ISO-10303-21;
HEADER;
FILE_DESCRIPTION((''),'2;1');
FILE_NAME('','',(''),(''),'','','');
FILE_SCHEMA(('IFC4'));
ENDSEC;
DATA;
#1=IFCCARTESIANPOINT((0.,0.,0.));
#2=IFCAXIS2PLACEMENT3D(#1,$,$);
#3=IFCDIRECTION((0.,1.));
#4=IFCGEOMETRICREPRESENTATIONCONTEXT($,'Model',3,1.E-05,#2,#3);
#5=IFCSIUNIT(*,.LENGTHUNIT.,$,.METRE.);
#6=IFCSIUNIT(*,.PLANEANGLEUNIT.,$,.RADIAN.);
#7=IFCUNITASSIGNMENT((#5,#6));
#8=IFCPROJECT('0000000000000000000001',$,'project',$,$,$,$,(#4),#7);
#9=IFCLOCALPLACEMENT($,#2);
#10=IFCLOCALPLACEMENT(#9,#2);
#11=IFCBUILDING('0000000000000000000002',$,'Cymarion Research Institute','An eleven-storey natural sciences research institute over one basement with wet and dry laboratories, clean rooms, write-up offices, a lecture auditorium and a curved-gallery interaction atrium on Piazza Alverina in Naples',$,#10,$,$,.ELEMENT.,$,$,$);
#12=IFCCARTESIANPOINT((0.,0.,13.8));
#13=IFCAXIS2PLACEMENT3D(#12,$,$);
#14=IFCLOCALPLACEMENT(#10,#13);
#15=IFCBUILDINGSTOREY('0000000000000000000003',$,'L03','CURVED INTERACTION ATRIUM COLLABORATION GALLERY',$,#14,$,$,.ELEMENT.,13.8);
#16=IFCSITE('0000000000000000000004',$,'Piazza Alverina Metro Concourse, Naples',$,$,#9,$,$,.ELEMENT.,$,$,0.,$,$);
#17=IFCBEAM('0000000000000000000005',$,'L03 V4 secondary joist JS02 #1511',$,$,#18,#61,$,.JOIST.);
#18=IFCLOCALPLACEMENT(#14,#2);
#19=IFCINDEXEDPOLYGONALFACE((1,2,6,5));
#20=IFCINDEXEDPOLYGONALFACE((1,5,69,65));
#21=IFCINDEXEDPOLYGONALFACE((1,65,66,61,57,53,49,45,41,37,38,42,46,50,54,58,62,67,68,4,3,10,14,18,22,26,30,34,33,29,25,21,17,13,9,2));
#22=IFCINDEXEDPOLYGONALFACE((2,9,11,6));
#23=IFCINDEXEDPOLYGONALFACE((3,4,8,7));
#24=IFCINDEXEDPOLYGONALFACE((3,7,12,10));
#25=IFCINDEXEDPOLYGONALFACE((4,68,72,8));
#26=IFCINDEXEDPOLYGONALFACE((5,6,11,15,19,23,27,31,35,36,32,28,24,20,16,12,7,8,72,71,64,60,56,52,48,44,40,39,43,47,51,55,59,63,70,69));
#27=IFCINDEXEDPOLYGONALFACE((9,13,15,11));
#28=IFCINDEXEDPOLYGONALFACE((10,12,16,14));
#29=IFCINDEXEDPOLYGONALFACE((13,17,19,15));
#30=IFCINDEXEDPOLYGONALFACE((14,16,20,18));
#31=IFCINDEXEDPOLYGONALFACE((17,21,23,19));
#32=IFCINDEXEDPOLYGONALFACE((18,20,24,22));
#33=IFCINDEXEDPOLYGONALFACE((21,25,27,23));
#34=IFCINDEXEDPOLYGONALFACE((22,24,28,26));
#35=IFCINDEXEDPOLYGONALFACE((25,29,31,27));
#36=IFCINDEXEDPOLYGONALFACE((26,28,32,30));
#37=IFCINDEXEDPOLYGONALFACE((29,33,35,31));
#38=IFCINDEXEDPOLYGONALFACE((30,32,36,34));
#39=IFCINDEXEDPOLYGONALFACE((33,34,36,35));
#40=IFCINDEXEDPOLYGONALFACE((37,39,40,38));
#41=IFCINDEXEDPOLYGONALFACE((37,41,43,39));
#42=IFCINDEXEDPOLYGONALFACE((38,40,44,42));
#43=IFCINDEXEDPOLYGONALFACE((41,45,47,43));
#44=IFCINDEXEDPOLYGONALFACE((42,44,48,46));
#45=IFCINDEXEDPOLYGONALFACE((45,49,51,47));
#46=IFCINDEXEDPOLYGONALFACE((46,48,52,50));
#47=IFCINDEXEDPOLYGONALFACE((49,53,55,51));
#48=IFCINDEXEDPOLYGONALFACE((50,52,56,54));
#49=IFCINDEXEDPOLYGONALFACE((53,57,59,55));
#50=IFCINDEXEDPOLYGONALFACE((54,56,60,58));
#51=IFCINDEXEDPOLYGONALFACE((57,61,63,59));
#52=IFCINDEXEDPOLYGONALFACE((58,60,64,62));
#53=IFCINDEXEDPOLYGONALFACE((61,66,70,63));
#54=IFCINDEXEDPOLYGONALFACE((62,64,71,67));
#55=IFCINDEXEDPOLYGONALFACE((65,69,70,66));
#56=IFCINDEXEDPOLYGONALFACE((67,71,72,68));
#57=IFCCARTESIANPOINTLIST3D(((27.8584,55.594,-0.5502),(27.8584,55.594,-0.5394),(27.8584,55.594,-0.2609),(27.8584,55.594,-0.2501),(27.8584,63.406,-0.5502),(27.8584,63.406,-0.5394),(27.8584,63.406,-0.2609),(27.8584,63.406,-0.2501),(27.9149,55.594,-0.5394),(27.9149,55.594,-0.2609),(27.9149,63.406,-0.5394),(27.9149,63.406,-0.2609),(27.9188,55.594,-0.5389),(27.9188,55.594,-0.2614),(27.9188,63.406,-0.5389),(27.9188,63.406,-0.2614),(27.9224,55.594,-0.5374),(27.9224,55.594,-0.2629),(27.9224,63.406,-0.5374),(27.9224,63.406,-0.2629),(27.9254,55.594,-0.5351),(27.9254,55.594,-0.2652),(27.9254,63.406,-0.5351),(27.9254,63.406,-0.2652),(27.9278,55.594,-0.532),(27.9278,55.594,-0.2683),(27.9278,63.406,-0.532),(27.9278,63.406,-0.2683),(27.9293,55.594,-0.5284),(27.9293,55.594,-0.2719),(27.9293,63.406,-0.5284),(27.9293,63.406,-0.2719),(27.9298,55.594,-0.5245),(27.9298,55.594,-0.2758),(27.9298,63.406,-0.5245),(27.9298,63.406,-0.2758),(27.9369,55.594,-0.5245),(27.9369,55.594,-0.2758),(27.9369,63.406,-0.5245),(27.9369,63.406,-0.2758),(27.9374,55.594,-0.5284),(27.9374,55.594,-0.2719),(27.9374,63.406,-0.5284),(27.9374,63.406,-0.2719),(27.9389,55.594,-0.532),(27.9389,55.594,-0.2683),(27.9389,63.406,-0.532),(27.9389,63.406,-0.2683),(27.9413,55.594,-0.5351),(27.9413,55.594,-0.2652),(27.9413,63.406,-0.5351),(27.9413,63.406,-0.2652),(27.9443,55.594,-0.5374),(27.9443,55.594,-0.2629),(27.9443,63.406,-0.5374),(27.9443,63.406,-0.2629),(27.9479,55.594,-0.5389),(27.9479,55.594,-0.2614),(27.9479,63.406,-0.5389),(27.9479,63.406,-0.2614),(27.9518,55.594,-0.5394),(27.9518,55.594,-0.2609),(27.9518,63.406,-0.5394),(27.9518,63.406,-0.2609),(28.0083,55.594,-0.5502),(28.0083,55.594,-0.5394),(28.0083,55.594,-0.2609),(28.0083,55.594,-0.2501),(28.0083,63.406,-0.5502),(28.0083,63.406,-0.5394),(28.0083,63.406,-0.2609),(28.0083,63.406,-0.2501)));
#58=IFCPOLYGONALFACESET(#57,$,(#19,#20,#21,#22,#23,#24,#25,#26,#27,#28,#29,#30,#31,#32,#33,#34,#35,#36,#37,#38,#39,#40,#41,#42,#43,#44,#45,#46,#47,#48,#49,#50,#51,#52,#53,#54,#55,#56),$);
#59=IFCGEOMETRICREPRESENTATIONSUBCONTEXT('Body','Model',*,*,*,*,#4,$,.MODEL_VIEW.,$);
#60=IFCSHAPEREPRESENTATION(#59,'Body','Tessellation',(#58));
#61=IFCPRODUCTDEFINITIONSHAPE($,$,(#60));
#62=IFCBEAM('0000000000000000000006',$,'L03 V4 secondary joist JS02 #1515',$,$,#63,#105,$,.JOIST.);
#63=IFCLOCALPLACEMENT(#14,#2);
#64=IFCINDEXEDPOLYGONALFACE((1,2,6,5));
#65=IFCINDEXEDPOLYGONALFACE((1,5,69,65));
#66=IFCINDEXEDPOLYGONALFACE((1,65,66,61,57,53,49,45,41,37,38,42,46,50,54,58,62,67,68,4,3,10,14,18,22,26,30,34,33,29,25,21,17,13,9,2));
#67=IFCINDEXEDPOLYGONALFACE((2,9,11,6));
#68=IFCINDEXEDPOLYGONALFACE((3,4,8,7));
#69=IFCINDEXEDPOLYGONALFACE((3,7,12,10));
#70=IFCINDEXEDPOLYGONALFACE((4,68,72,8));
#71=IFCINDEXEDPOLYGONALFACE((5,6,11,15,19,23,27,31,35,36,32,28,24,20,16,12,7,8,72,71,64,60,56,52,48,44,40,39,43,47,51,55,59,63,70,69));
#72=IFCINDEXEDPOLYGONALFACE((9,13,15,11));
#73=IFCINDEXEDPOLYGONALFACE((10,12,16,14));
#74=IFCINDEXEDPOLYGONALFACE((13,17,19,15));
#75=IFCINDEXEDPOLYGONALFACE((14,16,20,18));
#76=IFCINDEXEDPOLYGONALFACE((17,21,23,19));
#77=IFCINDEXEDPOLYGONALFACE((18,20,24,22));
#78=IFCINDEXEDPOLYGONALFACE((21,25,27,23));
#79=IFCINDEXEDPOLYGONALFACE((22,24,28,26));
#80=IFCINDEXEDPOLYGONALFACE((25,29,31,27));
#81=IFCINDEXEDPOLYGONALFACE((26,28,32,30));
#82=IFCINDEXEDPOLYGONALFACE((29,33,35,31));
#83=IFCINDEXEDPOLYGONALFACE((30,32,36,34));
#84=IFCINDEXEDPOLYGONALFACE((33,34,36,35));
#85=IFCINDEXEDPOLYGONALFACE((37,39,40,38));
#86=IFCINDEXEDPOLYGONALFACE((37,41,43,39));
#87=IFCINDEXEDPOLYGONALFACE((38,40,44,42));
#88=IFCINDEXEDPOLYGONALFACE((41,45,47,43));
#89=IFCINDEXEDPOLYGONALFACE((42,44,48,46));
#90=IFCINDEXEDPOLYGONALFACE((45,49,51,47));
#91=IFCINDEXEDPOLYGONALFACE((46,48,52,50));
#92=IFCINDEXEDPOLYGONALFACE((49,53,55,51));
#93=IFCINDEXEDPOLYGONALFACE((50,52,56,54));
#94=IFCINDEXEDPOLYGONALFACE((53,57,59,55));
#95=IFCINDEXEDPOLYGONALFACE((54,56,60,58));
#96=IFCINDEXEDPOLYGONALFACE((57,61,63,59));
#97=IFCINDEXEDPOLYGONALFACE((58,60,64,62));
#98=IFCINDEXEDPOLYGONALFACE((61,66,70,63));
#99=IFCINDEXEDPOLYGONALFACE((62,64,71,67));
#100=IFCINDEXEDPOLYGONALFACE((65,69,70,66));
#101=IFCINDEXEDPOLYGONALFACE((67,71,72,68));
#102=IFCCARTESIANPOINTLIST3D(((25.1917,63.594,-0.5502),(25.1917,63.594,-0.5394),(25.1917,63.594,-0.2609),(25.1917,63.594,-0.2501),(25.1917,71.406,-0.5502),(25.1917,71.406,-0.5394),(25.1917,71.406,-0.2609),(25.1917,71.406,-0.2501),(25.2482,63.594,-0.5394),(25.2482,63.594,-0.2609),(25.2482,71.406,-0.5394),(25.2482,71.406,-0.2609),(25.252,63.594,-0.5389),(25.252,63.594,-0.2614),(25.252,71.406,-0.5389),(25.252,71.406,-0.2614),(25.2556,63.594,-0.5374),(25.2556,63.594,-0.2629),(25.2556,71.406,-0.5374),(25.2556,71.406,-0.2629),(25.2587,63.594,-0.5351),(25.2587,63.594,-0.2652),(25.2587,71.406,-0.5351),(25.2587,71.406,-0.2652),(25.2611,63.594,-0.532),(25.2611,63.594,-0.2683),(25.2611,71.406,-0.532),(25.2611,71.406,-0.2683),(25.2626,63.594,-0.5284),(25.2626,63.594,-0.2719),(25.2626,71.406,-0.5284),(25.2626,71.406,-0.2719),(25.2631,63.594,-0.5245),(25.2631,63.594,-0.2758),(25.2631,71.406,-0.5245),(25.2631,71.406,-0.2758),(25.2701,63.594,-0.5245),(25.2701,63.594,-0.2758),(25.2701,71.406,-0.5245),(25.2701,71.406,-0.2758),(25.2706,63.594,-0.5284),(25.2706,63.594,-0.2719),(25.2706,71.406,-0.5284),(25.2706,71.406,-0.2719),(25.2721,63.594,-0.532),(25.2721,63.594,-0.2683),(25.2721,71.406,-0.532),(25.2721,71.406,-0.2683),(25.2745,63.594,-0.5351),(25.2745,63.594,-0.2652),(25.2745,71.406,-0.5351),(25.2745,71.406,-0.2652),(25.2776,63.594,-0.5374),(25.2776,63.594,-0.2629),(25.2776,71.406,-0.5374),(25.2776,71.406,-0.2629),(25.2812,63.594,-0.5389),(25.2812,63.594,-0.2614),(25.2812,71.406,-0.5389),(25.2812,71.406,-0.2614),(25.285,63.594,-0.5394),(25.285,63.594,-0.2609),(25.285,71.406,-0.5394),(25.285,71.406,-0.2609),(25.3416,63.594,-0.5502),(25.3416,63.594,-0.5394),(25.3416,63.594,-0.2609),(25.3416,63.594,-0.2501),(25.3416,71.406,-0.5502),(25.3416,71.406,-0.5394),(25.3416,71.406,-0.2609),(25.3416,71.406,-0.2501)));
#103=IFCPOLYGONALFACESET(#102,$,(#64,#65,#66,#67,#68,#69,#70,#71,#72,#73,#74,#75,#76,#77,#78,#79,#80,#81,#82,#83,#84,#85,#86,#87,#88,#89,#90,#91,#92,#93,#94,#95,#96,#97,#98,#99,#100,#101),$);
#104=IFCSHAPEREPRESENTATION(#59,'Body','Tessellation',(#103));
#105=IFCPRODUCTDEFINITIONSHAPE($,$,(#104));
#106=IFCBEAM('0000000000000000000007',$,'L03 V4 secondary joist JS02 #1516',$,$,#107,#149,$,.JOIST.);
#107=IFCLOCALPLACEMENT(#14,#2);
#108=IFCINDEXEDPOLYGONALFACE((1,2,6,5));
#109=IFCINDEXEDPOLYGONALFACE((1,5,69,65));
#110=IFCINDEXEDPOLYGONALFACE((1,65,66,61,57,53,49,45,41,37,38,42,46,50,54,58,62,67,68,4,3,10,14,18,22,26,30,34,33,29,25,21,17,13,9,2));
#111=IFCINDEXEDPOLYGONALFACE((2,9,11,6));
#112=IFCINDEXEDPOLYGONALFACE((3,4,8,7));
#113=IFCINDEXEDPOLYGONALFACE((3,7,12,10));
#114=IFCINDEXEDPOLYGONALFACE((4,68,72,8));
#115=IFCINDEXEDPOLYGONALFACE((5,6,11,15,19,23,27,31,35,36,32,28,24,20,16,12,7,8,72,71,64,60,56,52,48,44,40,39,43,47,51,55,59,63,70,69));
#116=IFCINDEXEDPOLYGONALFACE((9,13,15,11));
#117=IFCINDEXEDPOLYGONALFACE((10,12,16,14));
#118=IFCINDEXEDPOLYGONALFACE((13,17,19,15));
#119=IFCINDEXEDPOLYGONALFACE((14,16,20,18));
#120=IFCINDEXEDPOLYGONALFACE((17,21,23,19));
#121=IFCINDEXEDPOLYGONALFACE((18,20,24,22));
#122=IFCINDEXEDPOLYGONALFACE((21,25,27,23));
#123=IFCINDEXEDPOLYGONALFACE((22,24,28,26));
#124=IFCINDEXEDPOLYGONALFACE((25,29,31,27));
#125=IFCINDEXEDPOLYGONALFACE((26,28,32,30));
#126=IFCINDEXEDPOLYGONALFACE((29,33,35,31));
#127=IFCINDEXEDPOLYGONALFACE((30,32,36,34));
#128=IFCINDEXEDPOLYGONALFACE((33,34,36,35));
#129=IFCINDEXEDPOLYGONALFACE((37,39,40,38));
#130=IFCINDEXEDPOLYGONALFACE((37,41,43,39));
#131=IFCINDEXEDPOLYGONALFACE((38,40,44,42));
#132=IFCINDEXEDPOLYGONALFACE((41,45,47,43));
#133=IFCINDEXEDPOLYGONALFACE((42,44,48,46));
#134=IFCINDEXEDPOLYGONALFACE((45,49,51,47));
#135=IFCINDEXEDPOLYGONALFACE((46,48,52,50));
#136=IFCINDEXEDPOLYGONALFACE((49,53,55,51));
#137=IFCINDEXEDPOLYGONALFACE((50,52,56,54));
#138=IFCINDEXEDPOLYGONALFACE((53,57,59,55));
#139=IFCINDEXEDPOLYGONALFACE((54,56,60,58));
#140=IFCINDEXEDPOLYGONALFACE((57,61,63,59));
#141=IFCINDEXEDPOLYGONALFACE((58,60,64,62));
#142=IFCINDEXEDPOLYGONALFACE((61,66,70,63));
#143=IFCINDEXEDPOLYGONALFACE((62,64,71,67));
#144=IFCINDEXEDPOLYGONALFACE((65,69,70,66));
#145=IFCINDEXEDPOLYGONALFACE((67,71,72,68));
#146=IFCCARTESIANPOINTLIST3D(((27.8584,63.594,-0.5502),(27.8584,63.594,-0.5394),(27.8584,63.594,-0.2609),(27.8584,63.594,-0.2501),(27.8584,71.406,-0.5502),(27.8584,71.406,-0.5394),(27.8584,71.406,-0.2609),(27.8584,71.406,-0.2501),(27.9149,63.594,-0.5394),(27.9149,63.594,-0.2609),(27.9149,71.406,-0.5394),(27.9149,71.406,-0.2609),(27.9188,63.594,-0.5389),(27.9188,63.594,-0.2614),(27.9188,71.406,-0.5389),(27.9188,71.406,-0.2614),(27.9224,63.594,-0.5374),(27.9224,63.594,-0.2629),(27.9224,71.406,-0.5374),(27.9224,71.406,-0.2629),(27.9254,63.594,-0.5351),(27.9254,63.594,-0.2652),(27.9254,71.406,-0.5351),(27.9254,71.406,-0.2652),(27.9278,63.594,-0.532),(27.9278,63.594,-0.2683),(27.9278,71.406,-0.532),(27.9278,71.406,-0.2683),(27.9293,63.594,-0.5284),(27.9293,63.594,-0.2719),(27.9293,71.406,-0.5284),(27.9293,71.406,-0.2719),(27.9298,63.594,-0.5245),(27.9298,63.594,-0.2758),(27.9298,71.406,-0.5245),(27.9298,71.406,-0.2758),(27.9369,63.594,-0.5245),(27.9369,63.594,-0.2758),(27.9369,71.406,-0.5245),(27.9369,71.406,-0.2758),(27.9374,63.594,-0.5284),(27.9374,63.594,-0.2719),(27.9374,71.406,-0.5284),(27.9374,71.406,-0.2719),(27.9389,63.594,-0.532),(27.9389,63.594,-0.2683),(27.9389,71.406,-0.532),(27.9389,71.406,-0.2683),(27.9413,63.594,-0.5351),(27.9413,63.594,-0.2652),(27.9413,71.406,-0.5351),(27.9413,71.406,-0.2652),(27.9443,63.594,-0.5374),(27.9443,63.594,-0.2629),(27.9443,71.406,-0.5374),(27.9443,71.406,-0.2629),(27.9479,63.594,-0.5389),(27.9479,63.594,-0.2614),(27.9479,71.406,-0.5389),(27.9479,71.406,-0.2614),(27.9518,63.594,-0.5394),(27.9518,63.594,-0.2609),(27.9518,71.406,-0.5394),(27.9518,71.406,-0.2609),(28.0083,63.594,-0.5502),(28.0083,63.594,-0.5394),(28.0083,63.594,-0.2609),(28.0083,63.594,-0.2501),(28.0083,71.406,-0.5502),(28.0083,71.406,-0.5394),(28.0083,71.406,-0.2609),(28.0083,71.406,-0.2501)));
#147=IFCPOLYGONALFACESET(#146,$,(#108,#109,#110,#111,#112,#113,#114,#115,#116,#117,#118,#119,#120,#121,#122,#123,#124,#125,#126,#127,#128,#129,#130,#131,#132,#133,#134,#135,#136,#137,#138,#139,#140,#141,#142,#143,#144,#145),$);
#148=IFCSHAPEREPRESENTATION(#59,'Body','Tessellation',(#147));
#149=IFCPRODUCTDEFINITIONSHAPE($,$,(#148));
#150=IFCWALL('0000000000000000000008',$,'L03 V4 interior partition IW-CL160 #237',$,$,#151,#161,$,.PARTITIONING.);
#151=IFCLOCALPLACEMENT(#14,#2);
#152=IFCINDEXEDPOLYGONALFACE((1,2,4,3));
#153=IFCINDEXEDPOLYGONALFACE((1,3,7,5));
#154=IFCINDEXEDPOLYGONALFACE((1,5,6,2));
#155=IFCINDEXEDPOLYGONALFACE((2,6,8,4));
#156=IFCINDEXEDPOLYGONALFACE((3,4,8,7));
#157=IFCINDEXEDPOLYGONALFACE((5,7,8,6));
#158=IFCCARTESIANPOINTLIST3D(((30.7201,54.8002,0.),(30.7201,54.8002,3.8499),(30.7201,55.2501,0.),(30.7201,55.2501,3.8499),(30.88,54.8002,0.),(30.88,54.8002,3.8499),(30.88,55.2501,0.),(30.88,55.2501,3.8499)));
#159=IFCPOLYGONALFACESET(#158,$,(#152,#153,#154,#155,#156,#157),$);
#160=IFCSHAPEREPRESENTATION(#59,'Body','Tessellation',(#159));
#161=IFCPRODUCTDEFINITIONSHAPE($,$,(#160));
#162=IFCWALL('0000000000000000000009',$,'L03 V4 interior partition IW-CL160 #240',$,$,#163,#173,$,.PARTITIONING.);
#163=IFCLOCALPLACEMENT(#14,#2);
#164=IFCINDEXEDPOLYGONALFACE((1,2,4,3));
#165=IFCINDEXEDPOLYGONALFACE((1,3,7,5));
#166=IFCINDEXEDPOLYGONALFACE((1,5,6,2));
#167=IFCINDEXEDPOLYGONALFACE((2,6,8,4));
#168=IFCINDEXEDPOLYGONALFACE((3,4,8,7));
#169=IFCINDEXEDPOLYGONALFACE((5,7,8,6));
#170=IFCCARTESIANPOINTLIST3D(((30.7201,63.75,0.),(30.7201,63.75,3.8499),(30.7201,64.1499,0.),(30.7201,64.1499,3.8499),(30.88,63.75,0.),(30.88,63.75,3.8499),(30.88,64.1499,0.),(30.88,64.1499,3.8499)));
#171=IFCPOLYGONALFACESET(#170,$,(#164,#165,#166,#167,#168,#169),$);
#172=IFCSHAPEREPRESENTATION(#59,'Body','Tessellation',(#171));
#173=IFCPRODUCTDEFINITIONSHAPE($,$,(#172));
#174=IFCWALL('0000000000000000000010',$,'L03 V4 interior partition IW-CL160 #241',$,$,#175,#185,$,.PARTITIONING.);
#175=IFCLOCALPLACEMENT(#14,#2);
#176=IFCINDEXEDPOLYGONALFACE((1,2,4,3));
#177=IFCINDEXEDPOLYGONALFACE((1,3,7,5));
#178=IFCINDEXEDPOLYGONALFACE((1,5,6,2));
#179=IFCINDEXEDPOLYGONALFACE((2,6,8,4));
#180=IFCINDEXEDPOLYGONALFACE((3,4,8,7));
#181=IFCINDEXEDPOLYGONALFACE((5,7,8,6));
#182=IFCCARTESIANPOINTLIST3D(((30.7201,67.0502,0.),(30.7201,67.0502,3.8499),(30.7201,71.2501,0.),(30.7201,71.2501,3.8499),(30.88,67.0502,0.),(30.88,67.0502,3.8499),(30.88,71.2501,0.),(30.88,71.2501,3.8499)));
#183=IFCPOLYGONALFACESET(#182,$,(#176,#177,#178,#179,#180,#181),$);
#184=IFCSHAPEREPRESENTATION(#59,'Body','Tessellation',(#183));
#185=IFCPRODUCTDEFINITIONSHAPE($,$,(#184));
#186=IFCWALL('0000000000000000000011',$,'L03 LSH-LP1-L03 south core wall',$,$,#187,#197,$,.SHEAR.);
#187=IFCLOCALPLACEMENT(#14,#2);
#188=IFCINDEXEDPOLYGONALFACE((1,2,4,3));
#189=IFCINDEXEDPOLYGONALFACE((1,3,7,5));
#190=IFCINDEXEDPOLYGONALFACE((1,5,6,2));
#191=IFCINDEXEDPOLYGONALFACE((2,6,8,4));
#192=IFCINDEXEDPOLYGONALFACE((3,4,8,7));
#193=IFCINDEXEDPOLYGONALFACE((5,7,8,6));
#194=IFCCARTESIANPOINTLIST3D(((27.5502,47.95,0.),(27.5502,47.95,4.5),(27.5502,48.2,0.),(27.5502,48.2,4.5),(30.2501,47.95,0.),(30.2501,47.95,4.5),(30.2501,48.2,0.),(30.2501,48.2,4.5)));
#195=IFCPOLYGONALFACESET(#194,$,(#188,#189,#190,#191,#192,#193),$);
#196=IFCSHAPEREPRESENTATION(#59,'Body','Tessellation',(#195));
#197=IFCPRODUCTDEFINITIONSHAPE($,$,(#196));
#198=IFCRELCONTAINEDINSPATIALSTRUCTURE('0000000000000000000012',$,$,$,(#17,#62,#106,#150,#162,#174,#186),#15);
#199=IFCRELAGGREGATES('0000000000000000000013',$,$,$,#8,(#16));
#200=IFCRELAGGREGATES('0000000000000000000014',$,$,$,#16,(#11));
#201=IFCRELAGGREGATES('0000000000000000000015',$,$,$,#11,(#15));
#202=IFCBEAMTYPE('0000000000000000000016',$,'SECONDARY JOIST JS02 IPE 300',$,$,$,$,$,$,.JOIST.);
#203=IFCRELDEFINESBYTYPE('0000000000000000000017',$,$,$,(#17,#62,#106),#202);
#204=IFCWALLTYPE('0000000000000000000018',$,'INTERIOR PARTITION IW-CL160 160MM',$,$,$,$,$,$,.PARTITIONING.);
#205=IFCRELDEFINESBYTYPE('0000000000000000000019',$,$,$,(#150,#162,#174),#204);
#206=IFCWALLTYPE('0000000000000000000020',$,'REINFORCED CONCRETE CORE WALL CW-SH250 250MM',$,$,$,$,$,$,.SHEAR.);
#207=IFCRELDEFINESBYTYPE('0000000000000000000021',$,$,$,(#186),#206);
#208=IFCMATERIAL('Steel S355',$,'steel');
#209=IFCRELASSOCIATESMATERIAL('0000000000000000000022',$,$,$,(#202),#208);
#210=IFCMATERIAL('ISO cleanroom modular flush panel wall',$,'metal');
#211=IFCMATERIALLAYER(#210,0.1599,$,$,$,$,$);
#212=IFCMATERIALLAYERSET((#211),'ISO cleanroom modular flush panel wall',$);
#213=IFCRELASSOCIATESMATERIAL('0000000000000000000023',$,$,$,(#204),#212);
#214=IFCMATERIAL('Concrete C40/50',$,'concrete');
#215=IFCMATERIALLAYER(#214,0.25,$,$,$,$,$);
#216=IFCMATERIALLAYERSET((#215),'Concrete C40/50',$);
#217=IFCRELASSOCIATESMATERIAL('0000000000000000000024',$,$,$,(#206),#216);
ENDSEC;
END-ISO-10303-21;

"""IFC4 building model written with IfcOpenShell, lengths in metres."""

from ifc_helpers import new_model, si_unit, direction, frame, frame_2d, origin, origin_2d, place, context, subcontext, project, spatial, rectangle, i_section, extrude, material, layer, layer_set, material_profile, profile_set, type_object, element, save


model = new_model("IFC4")

# Units and contexts
model_context = context("Model", 3, precision=1e-05, world=origin(), true_north=direction((0.0, 1.0)))
body_context = subcontext(model_context, "Body", "Model", "MODEL_VIEW")
ifc_project = project(units=[si_unit("LENGTHUNIT", "METRE"), si_unit("PLANEANGLEUNIT", "RADIAN")], contexts=[model_context])

# Site, building, storey
site_placement = place(None, origin())
site = spatial("IfcSite", under=ifc_project, at=site_placement, Name="Piazza Alverina Metro Concourse, Naples", CompositionType="ELEMENT", RefElevation=0.0)
building_placement = place(site_placement, origin())
building = spatial("IfcBuilding", under=site, at=building_placement, Name="Cymarion Research Institute", Description="An eleven-storey natural sciences research institute over one basement with wet and dry laboratories, clean rooms, write-up offices, a lecture auditorium and a curved-gallery interaction atrium on Piazza Alverina in Naples", CompositionType="ELEMENT")
storey_placement = place(building_placement, frame((0.0, 0.0, 13.8)))
storey = spatial("IfcBuildingStorey", under=building, at=storey_placement, Name="L03", Description="CURVED INTERACTION ATRIUM COLLABORATION GALLERY", CompositionType="ELEMENT", Elevation=13.8)

# Shared definitions
ifc_material_1 = material(Name="Steel S355", Category="steel")
ifc_material_2 = material(Name="Concrete C40/50", Category="concrete")

# Beams
ifc_material_profile_1 = material_profile(ifc_material_1, i_section(OverallWidth=0.1499, OverallDepth=0.3, WebThickness=0.0071, FlangeThickness=0.0107, FilletRadius=0.0149, at=origin_2d()), Name="IPE 300")
ifc_profile_set_1 = profile_set([ifc_material_profile_1], Name="Steel S355")
beam_type_1 = type_object("IfcBeamType", Name="SECONDARY JOIST JS02 IPE 300", PredefinedType="JOIST", material=ifc_profile_set_1)
for number, where, z_axis, x_axis, name in (
    (1, (27.9333, 55.594, -0.4001), (0.0, 1.0, 0.0), (-1.0, 0.0, 0.0), "L03 V4 secondary joist JS02 #1511"),
    (2, (25.2666, 63.594, -0.4001), (0.0, 1.0, 0.0), (-1.0, 0.0, 0.0), "L03 V4 secondary joist JS02 #1515"),
    (3, (27.9333, 63.594, -0.4001), (0.0, 1.0, 0.0), (-1.0, 0.0, 0.0), "L03 V4 secondary joist JS02 #1516"),
):
    element("IfcBeam", number, at=place(storey_placement, frame(where, z_axis=z_axis, x_axis=x_axis)), inside=storey, type_object=beam_type_1, Name=name, PredefinedType="JOIST", context=body_context, shape_type="SweptSolid", body=[
        extrude(i_section(OverallWidth=0.1499, OverallDepth=0.3, WebThickness=0.0071, FlangeThickness=0.0107, FilletRadius=0.0149, at=origin_2d()), origin(), (0.0, 0.0, 1.0), 7.812),
    ])

# Wall
ifc_material_3 = material(Name="ISO cleanroom modular flush panel wall", Category="metal")
ifc_layer_1 = layer(ifc_material_3, 0.1599)
ifc_layer_set_1 = layer_set([ifc_layer_1], Name="ISO cleanroom modular flush panel wall")
wall_type_1 = type_object("IfcWallType", Name="INTERIOR PARTITION IW-CL160 160MM", PredefinedType="PARTITIONING", material=ifc_layer_set_1)
wall_1_placement = place(storey_placement, frame((30.8, 54.8, 0.0), z_axis=(0.0, 0.0, 1.0), x_axis=(0.0, 1.0, 0.0)))
element("IfcWall", 4, at=wall_1_placement, inside=storey, type_object=wall_type_1, Name="L03 V4 interior partition IW-CL160 #237", PredefinedType="PARTITIONING", context=body_context, shape_type="SweptSolid", body=[
    extrude(rectangle(XDim=0.45, YDim=0.1599, at=frame_2d((0.2251, 0.0))), origin(), (0.0, 0.0, 1.0), 3.8499),
])

# Walls
wall_2_placement = place(storey_placement, frame((30.8, 63.75, 0.0), z_axis=(0.0, 0.0, 1.0), x_axis=(0.0, 1.0, 0.0)))
element("IfcWall", 5, at=wall_2_placement, inside=storey, type_object=wall_type_1, Name="L03 V4 interior partition IW-CL160 #240", PredefinedType="PARTITIONING", context=body_context, shape_type="SweptSolid", body=[
    extrude(rectangle(XDim=0.3999, YDim=0.1599, at=frame_2d((0.2, 0.0))), origin(), (0.0, 0.0, 1.0), 3.8499),
])
wall_3_placement = place(storey_placement, frame((30.8, 67.05, 0.0), z_axis=(0.0, 0.0, 1.0), x_axis=(0.0, 1.0, 0.0)))
element("IfcWall", 6, at=wall_3_placement, inside=storey, type_object=wall_type_1, Name="L03 V4 interior partition IW-CL160 #241", PredefinedType="PARTITIONING", context=body_context, shape_type="SweptSolid", body=[
    extrude(rectangle(XDim=4.2, YDim=0.1599, at=frame_2d((2.1001, 0.0))), origin(), (0.0, 0.0, 1.0), 3.8499),
])
ifc_layer_2 = layer(ifc_material_2, 0.25)
ifc_layer_set_2 = layer_set([ifc_layer_2], Name="Concrete C40/50")
wall_type_2 = type_object("IfcWallType", Name="REINFORCED CONCRETE CORE WALL CW-SH250 250MM", PredefinedType="SHEAR", material=ifc_layer_set_2)
for number, where, z_axis, x_axis, name in (
    (7, (27.55, 48.075, 0.0), (0.0, 0.0, 1.0), (1.0, 0.0, 0.0), "L03 LSH-LP1-L03 south core wall"),
):
    element("IfcWall", number, at=place(storey_placement, frame(where, z_axis=z_axis, x_axis=x_axis)), inside=storey, type_object=wall_type_2, Name=name, PredefinedType="SHEAR", context=body_context, shape_type="SweptSolid", body=[
        extrude(rectangle(XDim=2.7, YDim=0.25, at=frame_2d((1.3501, 0.0))), origin(), (0.0, 0.0, 1.0), 4.5),
    ])

save(model, "model.ifc")
